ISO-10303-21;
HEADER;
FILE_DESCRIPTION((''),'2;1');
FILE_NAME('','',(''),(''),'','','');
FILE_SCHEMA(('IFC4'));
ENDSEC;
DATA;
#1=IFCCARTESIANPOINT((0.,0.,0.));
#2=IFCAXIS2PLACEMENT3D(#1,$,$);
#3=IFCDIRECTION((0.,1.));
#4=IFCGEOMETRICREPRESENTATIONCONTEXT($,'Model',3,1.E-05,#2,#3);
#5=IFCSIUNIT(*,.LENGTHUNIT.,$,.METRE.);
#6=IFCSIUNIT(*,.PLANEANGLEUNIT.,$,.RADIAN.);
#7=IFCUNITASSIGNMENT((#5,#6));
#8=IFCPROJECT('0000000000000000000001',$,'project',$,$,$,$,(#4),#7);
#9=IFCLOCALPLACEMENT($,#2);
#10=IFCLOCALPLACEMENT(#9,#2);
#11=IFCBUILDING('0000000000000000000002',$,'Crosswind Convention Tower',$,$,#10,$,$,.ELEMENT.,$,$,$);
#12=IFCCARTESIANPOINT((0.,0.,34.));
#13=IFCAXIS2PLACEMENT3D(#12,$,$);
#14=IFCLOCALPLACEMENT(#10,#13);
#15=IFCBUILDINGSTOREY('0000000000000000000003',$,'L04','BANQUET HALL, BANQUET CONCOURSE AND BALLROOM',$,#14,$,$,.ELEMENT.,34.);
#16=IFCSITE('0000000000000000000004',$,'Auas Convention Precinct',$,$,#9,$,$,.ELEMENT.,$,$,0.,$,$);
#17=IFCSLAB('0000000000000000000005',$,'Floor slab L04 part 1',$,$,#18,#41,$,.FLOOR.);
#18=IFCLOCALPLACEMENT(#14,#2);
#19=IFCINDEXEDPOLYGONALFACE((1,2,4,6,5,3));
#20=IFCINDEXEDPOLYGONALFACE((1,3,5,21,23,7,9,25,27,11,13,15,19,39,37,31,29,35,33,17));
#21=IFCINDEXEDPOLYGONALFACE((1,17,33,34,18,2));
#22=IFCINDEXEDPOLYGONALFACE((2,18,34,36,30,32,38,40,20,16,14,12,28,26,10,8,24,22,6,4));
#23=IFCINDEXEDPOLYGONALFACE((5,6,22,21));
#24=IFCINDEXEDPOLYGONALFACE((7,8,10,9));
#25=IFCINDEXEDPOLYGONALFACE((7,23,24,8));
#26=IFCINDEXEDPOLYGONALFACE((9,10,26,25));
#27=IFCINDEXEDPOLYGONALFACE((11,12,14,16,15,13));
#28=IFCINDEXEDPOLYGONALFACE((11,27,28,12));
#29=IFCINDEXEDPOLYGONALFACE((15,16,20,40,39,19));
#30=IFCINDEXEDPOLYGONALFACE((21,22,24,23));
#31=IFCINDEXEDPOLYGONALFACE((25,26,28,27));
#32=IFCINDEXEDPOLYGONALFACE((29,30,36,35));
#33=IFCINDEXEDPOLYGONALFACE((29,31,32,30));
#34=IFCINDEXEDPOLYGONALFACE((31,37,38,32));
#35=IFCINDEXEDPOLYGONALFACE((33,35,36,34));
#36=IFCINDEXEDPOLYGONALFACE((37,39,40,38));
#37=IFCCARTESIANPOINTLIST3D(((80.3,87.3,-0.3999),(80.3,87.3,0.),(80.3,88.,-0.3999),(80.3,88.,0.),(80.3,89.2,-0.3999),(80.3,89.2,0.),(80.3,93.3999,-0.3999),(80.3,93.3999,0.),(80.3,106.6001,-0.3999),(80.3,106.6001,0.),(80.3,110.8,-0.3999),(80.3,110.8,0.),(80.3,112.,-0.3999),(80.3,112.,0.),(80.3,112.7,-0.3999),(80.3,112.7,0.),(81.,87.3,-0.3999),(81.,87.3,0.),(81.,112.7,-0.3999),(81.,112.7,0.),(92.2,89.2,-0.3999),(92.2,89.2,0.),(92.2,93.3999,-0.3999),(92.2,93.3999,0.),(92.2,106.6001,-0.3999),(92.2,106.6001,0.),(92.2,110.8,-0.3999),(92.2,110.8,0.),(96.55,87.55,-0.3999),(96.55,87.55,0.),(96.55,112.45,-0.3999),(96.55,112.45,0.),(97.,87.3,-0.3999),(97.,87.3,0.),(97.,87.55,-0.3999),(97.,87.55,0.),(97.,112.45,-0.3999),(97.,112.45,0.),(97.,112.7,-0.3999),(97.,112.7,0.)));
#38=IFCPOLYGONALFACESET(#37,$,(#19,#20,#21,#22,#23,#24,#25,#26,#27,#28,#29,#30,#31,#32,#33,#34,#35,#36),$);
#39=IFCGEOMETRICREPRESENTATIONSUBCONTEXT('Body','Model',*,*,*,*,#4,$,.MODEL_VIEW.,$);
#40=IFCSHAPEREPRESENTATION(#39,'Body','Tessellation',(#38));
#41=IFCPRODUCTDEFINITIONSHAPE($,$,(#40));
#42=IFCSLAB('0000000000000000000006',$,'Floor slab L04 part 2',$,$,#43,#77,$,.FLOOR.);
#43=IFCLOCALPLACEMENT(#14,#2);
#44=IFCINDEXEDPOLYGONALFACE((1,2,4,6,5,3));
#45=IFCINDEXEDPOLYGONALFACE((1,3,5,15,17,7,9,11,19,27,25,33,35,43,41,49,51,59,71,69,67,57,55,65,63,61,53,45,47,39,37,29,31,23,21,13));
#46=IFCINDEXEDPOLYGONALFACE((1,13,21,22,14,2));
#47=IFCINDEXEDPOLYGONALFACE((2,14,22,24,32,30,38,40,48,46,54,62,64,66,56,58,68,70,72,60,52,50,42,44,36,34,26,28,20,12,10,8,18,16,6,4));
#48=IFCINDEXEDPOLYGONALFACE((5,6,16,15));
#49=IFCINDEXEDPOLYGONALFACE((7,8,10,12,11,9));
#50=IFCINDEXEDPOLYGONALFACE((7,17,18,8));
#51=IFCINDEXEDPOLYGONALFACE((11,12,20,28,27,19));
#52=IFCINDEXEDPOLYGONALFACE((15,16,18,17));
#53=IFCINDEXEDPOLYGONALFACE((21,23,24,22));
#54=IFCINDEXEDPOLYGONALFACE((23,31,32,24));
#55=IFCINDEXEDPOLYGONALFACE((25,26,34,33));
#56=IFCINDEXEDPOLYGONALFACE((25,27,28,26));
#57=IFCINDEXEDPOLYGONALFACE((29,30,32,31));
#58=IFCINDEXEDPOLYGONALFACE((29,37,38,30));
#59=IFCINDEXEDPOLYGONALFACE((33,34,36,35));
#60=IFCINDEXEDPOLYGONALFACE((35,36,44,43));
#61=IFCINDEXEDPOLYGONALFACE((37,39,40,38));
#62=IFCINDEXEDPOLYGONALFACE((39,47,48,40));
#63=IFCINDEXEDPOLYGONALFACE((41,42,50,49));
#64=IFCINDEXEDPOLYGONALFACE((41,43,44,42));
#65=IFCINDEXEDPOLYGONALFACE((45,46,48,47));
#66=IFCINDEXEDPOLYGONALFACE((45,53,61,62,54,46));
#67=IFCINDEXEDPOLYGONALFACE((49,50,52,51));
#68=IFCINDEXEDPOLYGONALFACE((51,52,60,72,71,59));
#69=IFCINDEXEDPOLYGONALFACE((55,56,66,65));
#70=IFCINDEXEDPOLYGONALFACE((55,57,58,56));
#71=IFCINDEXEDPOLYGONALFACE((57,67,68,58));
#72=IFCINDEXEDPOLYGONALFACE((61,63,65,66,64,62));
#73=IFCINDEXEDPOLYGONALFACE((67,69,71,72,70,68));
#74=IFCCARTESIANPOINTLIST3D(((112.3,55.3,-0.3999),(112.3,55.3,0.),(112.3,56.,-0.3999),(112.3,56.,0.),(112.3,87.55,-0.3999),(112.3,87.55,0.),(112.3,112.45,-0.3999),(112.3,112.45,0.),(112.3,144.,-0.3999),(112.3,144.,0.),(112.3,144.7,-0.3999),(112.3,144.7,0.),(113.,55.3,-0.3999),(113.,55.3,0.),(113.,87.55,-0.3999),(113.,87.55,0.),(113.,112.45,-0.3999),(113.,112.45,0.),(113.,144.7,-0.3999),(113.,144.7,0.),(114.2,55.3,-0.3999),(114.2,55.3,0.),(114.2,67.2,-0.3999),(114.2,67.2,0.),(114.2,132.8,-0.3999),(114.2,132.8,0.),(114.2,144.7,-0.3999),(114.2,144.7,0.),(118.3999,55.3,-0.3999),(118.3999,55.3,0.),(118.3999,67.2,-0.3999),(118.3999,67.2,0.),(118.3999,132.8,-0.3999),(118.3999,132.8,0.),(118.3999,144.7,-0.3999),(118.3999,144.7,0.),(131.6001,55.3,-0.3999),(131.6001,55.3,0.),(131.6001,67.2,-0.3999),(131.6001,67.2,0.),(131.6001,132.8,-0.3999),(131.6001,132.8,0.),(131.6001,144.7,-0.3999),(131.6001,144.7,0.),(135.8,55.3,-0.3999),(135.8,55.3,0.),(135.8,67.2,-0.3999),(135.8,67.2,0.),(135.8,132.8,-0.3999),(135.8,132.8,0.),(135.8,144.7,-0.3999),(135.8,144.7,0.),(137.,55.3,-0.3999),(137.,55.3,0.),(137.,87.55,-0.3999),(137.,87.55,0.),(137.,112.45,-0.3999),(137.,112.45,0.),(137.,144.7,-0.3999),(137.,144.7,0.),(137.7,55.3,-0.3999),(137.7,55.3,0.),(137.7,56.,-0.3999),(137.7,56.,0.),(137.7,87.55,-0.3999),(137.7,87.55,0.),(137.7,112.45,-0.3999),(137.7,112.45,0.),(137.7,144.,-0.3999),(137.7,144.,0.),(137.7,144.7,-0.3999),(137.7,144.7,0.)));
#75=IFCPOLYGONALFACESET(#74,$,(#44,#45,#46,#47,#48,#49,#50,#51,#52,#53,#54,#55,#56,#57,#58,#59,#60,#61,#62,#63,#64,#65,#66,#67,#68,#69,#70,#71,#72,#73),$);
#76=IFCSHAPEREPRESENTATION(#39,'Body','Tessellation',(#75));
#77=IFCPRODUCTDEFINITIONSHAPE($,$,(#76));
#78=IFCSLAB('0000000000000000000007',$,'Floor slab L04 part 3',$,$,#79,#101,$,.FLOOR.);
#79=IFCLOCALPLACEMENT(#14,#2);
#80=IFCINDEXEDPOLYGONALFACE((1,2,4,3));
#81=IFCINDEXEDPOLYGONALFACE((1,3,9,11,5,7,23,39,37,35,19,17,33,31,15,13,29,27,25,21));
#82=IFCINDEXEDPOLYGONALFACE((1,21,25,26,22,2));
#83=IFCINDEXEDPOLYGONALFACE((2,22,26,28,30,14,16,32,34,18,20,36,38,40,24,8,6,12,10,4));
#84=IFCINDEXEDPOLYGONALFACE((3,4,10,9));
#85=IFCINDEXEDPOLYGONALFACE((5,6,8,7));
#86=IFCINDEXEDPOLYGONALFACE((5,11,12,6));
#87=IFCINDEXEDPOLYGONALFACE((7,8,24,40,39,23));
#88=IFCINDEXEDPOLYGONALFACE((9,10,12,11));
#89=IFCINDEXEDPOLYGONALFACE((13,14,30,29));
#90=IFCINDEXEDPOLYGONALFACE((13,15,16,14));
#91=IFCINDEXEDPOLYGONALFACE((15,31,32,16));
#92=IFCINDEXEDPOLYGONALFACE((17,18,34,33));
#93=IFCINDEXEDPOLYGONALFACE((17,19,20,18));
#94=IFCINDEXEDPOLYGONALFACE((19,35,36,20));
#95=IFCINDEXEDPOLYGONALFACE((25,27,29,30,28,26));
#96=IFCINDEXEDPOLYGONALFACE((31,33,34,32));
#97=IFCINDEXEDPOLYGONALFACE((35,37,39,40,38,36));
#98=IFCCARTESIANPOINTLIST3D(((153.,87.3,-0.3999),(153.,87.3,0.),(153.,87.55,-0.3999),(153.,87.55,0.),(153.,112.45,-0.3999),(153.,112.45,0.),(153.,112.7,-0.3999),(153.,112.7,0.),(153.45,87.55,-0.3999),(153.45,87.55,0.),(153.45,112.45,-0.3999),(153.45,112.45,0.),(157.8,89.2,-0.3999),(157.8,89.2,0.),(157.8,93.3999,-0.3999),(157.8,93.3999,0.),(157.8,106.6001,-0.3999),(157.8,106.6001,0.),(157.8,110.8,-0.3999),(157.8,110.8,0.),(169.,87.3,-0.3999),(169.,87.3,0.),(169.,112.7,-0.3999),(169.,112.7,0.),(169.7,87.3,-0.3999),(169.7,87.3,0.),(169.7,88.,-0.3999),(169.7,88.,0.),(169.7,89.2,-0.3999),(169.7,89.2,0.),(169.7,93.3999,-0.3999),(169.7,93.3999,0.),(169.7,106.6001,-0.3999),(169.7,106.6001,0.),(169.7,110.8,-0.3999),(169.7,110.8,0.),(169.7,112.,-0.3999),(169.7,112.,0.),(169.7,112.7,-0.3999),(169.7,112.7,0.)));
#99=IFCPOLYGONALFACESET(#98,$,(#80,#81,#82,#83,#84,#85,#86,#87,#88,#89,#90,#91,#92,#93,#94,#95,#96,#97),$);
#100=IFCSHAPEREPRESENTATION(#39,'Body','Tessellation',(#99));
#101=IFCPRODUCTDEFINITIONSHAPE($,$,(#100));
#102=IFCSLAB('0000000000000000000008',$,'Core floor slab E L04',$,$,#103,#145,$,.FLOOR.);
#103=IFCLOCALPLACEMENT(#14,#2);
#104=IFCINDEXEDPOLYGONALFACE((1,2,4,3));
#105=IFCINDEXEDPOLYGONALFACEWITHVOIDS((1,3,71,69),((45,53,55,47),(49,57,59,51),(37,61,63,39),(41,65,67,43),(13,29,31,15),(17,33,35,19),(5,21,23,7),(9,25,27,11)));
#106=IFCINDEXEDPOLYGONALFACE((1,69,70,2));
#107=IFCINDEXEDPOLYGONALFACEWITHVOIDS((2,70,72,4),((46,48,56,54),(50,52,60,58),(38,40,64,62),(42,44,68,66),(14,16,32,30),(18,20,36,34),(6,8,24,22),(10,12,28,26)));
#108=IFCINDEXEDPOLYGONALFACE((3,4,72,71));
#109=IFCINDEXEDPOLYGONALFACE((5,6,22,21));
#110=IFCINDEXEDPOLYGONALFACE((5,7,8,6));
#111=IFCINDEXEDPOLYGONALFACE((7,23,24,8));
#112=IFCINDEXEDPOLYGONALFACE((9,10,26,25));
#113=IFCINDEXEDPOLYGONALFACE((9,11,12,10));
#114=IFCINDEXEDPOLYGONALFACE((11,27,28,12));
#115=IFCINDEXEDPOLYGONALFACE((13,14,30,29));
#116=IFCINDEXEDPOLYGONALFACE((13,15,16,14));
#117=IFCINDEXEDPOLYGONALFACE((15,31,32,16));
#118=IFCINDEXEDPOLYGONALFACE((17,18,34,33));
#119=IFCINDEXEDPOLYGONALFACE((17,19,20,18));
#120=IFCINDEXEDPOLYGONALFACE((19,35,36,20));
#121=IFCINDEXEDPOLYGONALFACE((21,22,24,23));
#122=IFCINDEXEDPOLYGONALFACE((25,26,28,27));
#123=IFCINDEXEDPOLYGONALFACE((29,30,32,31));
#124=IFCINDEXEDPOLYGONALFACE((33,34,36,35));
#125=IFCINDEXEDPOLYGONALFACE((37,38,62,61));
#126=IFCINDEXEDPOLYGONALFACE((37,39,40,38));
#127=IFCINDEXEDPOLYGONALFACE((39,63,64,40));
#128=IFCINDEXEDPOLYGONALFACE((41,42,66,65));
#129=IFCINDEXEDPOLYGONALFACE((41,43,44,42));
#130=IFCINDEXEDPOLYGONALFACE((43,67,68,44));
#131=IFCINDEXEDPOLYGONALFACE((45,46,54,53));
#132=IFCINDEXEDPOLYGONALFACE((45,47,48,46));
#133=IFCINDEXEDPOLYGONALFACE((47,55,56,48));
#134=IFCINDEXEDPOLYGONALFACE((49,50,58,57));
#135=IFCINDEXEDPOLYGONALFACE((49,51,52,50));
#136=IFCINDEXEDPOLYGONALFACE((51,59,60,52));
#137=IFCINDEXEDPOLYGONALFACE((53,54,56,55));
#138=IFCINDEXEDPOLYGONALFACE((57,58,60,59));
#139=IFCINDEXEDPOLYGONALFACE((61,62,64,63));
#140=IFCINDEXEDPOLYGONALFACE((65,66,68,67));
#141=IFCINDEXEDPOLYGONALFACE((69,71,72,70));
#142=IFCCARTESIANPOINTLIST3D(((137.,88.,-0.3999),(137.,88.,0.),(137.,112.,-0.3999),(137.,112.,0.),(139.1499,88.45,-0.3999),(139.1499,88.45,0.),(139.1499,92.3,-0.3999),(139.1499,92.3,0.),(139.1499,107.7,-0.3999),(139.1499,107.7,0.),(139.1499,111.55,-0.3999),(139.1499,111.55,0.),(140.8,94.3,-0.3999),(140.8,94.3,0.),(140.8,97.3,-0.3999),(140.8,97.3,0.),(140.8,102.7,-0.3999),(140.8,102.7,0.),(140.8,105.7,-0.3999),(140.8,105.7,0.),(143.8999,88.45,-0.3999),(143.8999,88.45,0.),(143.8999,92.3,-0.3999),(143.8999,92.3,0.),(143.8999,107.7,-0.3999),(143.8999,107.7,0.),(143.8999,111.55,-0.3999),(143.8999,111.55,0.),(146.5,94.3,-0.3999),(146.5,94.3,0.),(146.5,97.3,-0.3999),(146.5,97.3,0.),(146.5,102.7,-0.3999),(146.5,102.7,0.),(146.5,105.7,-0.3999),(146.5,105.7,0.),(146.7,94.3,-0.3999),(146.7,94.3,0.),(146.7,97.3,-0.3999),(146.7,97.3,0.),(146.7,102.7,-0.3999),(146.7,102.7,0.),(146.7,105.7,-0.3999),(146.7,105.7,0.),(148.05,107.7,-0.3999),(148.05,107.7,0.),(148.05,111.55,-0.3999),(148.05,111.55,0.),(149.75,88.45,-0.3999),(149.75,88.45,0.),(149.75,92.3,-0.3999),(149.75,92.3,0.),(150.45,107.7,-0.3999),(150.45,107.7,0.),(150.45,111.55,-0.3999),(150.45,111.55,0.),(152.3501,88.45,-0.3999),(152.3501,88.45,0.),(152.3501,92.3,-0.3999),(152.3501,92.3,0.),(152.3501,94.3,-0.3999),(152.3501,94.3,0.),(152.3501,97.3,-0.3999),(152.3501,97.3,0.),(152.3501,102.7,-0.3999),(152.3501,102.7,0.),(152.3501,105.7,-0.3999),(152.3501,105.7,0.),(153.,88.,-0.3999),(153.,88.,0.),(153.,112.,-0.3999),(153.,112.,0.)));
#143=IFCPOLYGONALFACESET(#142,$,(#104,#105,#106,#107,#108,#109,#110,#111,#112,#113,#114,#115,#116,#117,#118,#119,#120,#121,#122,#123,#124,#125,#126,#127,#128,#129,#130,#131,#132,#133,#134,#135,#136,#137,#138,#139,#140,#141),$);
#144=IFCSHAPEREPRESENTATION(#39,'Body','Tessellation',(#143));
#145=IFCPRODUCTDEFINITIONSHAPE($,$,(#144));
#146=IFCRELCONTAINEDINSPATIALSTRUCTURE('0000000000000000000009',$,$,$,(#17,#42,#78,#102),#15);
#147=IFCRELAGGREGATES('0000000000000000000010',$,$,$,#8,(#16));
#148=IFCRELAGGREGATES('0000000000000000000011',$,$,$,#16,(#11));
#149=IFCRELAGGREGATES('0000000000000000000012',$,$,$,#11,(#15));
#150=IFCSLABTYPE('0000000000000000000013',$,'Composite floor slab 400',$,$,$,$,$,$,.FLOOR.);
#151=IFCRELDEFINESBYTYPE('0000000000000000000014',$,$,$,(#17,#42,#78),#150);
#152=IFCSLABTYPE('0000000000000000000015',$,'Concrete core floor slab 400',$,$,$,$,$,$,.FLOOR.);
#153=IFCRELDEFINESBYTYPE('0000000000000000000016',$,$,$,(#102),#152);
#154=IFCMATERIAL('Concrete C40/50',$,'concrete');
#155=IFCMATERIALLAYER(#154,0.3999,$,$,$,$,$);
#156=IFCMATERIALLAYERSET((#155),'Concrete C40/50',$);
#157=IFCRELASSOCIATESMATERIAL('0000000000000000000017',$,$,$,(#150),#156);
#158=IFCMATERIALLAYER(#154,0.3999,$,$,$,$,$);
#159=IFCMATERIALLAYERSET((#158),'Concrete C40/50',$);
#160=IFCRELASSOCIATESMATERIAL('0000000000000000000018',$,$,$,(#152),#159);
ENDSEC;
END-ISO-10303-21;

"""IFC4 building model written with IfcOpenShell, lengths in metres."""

from ifc_helpers import new_model, si_unit, direction, frame, origin, place, context, subcontext, project, spatial, polyline, outline, extrude, material, layer, layer_set, type_object, element, save


model = new_model("IFC4")

# Units and contexts
model_context = context("Model", 3, precision=1e-05, world=origin(), true_north=direction((0.0, 1.0)))
body_context = subcontext(model_context, "Body", "Model", "MODEL_VIEW")
ifc_project = project(units=[si_unit("LENGTHUNIT", "METRE"), si_unit("PLANEANGLEUNIT", "RADIAN")], contexts=[model_context])

# Site, building, storey
site_placement = place(None, origin())
site = spatial("IfcSite", under=ifc_project, at=site_placement, Name="Auas Convention Precinct", CompositionType="ELEMENT", RefElevation=0.0)
building_placement = place(site_placement, origin())
building = spatial("IfcBuilding", under=site, at=building_placement, Name="Crosswind Convention Tower", CompositionType="ELEMENT")
storey_placement = place(building_placement, frame((0.0, 0.0, 34.0)))
storey = spatial("IfcBuildingStorey", under=building, at=storey_placement, Name="L04", Description="BANQUET HALL, BANQUET CONCOURSE AND BALLROOM", CompositionType="ELEMENT", Elevation=34.0)

# Slabs
ifc_material = material(Name="Concrete C40/50", Category="concrete")
ifc_layer_1 = layer(ifc_material, 0.3999)
ifc_layer_set_1 = layer_set([ifc_layer_1], Name="Concrete C40/50")
slab_type_1 = type_object("IfcSlabType", Name="Composite floor slab 400", PredefinedType="FLOOR", material=ifc_layer_set_1)
slab_1_placement = place(storey_placement, frame((0.0, 0.0, -0.3999)))
element("IfcSlab", 1, at=slab_1_placement, inside=storey, type_object=slab_type_1, Name="Floor slab L04 part 1", PredefinedType="FLOOR", context=body_context, shape_type="SweptSolid", body=[
    extrude(outline(polyline([(97.0, 112.45), (96.55, 112.45), (96.55, 87.55), (97.0, 87.55), (97.0, 87.3), (81.0, 87.3), (80.3, 87.3), (80.3, 88.0), (80.3, 89.2), (92.2, 89.2), (92.2, 93.3999), (80.3, 93.3999), (80.3, 106.6001), (92.2, 106.6001), (92.2, 110.8), (80.3, 110.8), (80.3, 112.0), (80.3, 112.7), (81.0, 112.7), (97.0, 112.7), (97.0, 112.45)])), origin(), (0.0, 0.0, 1.0), 0.3999),
])
slab_2_placement = place(storey_placement, frame((0.0, 0.0, -0.3999)))
element("IfcSlab", 2, at=slab_2_placement, inside=storey, type_object=slab_type_1, Name="Floor slab L04 part 2", PredefinedType="FLOOR", context=body_context, shape_type="SweptSolid", body=[
    extrude(outline(polyline([(114.2, 132.8), (118.3999, 132.8), (118.3999, 144.7), (131.6001, 144.7), (131.6001, 132.8), (135.8, 132.8), (135.8, 144.7), (137.0, 144.7), (137.7, 144.7), (137.7, 144.0), (137.7, 112.45), (137.0, 112.45), (137.0, 87.55), (137.7, 87.55), (137.7, 56.0), (137.7, 55.3), (137.0, 55.3), (135.8, 55.3), (135.8, 67.2), (131.6001, 67.2), (131.6001, 55.3), (118.3999, 55.3), (118.3999, 67.2), (114.2, 67.2), (114.2, 55.3), (113.0, 55.3), (112.3, 55.3), (112.3, 56.0), (112.3, 87.55), (113.0, 87.55), (113.0, 112.45), (112.3, 112.45), (112.3, 144.0), (112.3, 144.7), (113.0, 144.7), (114.2, 144.7), (114.2, 132.8)])), origin(), (0.0, 0.0, 1.0), 0.3999),
])
slab_3_placement = place(storey_placement, frame((0.0, 0.0, -0.3999)))
element("IfcSlab", 3, at=slab_3_placement, inside=storey, type_object=slab_type_1, Name="Floor slab L04 part 3", PredefinedType="FLOOR", context=body_context, shape_type="SweptSolid", body=[
    extrude(outline(polyline([(169.7, 93.3999), (157.8, 93.3999), (157.8, 89.2), (169.7, 89.2), (169.7, 88.0), (169.7, 87.3), (169.0, 87.3), (153.0, 87.3), (153.0, 87.55), (153.45, 87.55), (153.45, 112.45), (153.0, 112.45), (153.0, 112.7), (169.0, 112.7), (169.7, 112.7), (169.7, 112.0), (169.7, 110.8), (157.8, 110.8), (157.8, 106.6001), (169.7, 106.6001), (169.7, 93.3999)])), origin(), (0.0, 0.0, 1.0), 0.3999),
])
ifc_layer_2 = layer(ifc_material, 0.3999)
ifc_layer_set_2 = layer_set([ifc_layer_2], Name="Concrete C40/50")
slab_type_2 = type_object("IfcSlabType", Name="Concrete core floor slab 400", PredefinedType="FLOOR", material=ifc_layer_set_2)
slab_4_placement = place(storey_placement, frame((0.0, 0.0, -0.3999)))
element("IfcSlab", 4, at=slab_4_placement, inside=storey, type_object=slab_type_2, Name="Core floor slab E L04", PredefinedType="FLOOR", context=body_context, shape_type="SweptSolid", body=[
    extrude(outline(polyline([(137.0, 88.0), (153.0, 88.0), (153.0, 112.0), (137.0, 112.0), (137.0, 88.0)]), holes=[polyline([(146.5, 102.7), (146.5, 105.7), (140.8, 105.7), (140.8, 102.7), (146.5, 102.7)]), polyline([(152.3501, 102.7), (152.3501, 105.7), (146.7, 105.7), (146.7, 102.7), (152.3501, 102.7)]), polyline([(146.5, 94.3), (146.5, 97.3), (140.8, 97.3), (140.8, 94.3), (146.5, 94.3)]), polyline([(152.3501, 94.3), (152.3501, 97.3), (146.7, 97.3), (146.7, 94.3), (152.3501, 94.3)]), polyline([(150.45, 107.7), (150.45, 111.55), (148.05, 111.55), (148.05, 107.7), (150.45, 107.7)]), polyline([(152.3501, 88.45), (152.3501, 92.3), (149.75, 92.3), (149.75, 88.45), (152.3501, 88.45)]), polyline([(143.8999, 107.7), (143.8999, 111.55), (139.1499, 111.55), (139.1499, 107.7), (143.8999, 107.7)]), polyline([(143.8999, 88.45), (143.8999, 92.3), (139.1499, 92.3), (139.1499, 88.45), (143.8999, 88.45)])]), origin(), (0.0, 0.0, 1.0), 0.3999),
])

save(model, "model.ifc")
